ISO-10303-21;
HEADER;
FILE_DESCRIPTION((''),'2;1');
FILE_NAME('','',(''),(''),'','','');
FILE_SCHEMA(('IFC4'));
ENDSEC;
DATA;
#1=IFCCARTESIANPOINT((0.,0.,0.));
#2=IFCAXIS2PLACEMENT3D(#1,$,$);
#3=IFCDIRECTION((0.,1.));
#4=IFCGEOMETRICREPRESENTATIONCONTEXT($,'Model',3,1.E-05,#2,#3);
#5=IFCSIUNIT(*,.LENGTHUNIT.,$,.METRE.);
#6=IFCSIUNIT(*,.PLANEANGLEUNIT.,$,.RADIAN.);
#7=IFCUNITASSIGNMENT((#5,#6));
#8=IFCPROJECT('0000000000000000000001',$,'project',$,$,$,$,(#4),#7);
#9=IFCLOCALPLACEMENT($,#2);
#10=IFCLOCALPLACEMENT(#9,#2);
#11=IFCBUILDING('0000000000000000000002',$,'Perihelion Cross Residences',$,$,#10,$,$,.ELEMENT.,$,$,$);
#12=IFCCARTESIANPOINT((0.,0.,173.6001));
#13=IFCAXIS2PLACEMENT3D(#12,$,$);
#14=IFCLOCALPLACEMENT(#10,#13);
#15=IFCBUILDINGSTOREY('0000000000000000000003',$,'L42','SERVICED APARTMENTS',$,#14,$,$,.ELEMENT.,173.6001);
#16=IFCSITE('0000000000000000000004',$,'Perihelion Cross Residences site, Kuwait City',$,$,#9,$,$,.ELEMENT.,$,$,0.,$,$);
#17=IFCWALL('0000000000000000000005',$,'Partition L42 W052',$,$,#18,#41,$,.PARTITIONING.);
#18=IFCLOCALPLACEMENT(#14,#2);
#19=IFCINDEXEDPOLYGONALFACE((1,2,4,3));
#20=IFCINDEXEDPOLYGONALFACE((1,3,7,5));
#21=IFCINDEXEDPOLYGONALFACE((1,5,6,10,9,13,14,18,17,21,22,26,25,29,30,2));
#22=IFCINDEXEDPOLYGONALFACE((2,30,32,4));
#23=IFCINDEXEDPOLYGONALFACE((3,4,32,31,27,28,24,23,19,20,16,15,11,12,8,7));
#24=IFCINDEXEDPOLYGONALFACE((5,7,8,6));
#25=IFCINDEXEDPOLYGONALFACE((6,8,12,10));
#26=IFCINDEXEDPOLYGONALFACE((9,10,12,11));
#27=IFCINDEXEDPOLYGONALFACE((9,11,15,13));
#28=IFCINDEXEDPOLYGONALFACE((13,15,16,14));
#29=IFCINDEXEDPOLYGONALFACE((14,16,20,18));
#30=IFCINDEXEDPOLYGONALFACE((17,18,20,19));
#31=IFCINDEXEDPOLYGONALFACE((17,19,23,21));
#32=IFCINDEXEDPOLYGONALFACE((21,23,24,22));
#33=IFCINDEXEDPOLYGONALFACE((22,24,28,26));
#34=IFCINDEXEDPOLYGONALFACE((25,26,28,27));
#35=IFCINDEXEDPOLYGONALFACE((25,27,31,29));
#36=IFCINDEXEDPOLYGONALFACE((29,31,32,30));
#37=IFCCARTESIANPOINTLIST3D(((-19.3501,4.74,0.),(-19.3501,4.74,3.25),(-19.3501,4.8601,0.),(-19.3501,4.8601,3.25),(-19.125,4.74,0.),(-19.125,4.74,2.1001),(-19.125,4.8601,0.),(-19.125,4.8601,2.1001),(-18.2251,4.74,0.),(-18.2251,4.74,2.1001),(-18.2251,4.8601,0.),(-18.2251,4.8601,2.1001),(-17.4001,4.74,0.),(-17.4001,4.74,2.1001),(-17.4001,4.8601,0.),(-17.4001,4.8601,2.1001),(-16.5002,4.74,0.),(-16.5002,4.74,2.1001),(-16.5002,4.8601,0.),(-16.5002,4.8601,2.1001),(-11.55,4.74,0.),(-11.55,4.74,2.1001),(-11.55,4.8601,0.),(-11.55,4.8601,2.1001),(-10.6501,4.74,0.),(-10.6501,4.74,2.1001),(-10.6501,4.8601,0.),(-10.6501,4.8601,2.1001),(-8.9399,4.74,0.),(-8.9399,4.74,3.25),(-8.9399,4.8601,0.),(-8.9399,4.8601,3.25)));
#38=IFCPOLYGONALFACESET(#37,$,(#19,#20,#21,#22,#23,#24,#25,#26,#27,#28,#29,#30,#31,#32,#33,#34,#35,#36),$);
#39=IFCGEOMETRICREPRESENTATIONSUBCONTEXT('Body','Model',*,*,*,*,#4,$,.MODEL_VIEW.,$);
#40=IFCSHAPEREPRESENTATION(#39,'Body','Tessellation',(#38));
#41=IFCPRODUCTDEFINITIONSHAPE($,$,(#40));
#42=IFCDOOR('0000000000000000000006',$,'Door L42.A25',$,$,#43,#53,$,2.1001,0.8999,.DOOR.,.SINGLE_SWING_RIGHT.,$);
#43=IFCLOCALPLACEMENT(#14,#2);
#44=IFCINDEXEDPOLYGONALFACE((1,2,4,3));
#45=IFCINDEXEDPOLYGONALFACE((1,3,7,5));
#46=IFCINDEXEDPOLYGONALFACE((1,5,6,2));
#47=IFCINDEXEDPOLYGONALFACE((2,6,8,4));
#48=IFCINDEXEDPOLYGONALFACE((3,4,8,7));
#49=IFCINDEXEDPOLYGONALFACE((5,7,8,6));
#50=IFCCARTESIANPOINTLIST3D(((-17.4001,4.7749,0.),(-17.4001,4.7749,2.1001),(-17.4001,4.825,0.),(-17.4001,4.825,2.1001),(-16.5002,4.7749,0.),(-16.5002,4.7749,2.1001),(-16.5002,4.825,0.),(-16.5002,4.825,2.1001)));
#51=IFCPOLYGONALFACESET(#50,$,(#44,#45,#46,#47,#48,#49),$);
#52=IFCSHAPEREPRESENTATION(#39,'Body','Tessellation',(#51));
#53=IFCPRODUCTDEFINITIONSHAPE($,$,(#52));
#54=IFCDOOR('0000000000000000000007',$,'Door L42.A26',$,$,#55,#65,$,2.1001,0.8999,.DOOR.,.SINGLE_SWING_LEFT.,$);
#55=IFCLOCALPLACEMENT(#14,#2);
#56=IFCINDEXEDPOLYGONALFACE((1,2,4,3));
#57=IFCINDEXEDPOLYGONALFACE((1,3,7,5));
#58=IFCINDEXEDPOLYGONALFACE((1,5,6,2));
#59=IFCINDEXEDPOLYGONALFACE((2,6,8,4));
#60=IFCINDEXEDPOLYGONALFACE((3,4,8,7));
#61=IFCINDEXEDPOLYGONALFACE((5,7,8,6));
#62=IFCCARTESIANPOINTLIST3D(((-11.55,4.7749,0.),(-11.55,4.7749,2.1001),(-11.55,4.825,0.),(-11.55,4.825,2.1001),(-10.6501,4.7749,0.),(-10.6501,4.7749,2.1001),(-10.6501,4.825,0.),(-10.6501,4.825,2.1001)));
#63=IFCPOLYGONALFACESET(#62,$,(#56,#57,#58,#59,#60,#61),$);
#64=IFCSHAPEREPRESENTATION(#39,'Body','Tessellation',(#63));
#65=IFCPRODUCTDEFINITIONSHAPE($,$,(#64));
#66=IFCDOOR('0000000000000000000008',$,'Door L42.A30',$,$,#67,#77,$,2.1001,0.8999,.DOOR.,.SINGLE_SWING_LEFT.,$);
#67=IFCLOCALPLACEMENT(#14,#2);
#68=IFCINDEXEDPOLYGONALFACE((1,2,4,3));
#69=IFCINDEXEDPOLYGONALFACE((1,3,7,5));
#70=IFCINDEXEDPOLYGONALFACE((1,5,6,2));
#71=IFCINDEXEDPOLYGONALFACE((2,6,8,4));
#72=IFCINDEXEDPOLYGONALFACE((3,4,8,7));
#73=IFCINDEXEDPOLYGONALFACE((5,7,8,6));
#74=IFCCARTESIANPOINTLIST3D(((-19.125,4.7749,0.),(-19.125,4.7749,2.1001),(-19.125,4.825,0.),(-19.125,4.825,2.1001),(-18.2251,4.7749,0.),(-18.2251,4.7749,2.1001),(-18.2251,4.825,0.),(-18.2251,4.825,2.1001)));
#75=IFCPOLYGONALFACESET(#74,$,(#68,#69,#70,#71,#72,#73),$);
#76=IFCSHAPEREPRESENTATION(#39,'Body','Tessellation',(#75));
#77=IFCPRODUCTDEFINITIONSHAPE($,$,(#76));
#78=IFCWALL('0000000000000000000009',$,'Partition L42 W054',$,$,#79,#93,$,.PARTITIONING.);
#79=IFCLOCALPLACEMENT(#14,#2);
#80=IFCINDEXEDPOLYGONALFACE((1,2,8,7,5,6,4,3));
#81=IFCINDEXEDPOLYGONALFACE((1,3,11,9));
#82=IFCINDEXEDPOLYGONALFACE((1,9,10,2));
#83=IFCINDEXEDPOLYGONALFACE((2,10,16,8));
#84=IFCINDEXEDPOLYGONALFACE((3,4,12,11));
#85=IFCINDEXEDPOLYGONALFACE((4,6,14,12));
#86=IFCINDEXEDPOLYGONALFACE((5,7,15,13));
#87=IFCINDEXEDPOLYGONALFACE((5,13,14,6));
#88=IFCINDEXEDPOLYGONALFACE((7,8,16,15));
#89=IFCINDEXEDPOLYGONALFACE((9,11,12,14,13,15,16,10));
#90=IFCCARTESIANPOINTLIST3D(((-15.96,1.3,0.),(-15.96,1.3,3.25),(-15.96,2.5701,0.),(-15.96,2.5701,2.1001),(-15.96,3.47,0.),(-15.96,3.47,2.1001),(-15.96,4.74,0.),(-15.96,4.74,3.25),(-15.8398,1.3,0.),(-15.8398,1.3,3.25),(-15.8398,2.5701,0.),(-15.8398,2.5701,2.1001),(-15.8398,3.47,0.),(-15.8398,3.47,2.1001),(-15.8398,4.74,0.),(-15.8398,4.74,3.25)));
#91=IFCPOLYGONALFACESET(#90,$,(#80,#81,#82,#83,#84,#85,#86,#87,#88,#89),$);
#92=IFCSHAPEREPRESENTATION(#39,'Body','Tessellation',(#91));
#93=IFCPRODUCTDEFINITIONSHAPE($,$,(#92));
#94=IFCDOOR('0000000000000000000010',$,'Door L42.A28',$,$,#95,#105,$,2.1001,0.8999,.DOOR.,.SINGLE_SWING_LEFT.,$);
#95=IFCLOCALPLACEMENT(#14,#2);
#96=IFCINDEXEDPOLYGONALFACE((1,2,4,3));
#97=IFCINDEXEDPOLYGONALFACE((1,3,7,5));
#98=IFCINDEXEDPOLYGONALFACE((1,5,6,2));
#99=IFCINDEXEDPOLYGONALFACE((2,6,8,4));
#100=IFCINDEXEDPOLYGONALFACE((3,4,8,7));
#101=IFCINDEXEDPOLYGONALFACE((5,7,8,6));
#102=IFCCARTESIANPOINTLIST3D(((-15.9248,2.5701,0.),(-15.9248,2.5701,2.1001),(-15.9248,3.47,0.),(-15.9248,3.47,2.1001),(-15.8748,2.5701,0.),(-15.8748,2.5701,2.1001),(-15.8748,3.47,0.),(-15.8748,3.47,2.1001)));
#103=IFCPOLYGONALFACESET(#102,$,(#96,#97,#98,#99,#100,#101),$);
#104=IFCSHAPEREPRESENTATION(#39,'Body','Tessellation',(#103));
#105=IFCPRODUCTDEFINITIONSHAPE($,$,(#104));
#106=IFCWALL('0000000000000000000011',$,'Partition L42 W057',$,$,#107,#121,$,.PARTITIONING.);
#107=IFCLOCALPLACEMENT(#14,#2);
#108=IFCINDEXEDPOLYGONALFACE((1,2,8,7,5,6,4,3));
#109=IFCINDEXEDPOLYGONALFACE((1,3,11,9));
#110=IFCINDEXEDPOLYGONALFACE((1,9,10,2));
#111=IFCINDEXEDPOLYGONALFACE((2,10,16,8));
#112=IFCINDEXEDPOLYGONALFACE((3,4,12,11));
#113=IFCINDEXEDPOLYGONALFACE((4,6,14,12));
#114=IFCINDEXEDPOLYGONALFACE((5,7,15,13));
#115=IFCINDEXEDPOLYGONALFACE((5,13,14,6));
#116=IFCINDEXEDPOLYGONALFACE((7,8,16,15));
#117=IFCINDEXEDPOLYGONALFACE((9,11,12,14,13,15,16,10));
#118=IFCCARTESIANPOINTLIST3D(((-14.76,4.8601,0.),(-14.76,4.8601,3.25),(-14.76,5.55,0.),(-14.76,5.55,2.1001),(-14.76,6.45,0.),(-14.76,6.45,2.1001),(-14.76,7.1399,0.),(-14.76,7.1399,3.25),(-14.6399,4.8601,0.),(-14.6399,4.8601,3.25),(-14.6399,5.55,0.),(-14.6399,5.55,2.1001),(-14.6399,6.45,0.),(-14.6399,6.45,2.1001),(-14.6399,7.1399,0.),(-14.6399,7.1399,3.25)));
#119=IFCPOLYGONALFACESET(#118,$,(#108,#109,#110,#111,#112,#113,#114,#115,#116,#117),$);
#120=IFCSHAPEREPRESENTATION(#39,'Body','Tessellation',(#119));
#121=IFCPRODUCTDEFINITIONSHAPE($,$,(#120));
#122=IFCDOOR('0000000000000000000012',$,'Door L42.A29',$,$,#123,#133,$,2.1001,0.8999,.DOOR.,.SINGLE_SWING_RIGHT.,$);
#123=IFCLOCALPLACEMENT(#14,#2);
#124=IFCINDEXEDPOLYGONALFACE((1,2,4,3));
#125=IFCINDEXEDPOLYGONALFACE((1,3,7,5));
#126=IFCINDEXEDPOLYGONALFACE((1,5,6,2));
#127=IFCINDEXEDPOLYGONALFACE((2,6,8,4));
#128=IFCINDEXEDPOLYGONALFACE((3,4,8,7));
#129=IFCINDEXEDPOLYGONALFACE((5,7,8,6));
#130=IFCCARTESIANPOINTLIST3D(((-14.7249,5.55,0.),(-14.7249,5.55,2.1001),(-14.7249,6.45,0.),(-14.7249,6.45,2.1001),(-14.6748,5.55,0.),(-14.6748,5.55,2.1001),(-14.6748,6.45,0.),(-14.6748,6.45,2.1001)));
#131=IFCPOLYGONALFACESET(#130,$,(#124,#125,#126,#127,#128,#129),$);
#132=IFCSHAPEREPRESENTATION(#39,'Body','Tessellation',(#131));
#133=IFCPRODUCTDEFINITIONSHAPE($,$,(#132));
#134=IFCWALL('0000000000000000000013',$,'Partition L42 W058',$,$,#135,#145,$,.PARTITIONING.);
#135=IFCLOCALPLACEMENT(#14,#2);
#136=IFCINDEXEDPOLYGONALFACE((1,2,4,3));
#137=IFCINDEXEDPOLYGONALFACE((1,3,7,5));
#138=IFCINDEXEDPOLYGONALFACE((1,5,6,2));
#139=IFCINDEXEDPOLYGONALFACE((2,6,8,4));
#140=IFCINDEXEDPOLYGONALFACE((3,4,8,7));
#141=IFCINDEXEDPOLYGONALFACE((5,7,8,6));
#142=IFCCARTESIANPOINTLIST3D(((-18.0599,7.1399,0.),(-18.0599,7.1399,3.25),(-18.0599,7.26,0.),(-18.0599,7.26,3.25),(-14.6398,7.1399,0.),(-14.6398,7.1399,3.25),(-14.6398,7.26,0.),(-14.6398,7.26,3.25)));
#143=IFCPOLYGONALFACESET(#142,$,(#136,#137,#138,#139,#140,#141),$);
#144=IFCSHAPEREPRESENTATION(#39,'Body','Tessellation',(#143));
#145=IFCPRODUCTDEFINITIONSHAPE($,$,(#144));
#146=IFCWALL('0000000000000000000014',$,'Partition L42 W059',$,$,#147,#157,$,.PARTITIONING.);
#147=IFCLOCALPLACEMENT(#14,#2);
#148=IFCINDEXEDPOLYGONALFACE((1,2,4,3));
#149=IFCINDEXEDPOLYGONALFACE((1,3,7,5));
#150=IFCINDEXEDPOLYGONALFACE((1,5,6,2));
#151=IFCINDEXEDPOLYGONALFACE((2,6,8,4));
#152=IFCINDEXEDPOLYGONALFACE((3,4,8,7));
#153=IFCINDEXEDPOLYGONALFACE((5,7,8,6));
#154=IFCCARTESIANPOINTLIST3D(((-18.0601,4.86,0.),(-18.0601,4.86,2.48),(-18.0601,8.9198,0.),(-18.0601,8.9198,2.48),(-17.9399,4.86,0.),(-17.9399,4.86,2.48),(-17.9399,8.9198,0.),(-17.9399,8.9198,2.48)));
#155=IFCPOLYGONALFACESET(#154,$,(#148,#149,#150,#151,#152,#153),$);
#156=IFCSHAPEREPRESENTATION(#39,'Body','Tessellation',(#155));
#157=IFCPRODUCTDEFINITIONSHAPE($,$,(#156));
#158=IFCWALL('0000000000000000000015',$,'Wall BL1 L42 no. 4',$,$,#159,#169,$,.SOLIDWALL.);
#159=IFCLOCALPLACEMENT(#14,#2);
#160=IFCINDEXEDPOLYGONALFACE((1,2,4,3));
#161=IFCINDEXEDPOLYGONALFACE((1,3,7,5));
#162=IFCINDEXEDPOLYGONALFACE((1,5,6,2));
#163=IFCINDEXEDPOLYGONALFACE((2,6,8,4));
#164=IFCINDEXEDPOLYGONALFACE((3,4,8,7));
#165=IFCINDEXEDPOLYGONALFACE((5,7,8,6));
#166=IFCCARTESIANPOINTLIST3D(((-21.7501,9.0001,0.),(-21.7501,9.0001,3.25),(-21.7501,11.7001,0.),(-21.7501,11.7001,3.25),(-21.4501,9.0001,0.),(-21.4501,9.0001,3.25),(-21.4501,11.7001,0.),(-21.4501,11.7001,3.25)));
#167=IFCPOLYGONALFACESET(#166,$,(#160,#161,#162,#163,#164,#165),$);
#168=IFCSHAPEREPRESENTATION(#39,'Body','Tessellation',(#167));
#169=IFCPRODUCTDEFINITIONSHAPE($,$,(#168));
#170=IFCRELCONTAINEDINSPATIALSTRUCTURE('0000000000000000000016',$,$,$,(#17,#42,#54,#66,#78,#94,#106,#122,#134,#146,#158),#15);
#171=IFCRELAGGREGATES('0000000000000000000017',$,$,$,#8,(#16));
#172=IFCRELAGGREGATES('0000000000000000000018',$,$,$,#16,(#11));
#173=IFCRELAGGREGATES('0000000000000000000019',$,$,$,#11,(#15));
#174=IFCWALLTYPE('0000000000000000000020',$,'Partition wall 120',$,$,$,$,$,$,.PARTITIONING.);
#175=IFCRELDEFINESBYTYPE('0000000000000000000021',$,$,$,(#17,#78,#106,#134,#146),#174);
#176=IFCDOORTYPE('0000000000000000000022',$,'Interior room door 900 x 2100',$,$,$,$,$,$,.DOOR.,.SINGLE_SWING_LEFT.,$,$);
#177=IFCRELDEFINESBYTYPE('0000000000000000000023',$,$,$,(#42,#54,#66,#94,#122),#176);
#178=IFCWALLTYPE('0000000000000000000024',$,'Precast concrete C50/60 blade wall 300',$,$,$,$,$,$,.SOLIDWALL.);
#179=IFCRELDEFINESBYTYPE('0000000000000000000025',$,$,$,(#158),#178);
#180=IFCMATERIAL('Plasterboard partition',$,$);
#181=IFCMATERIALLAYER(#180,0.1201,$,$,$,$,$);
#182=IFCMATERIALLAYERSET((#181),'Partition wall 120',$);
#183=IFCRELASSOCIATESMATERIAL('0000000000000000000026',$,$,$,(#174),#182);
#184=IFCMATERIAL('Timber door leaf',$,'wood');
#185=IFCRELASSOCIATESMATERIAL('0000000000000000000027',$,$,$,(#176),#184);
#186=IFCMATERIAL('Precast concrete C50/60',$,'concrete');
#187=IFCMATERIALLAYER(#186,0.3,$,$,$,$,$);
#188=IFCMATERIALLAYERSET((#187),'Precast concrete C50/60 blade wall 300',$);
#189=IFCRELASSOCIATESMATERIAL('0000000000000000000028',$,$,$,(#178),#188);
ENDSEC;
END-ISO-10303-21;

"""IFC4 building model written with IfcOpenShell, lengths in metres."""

from ifc_helpers import new_model, si_unit, direction, frame, frame_2d, origin, place, context, subcontext, project, spatial, rectangle, extrude, material, layer, layer_set, type_object, element, fill, save


model = new_model("IFC4")

# Units and contexts
model_context = context("Model", 3, precision=1e-05, world=origin(), true_north=direction((0.0, 1.0)))
body_context = subcontext(model_context, "Body", "Model", "MODEL_VIEW")
ifc_project = project(units=[si_unit("LENGTHUNIT", "METRE"), si_unit("PLANEANGLEUNIT", "RADIAN")], contexts=[model_context])

# Site, building, storey
site_placement = place(None, origin())
site = spatial("IfcSite", under=ifc_project, at=site_placement, Name="Perihelion Cross Residences site, Kuwait City", CompositionType="ELEMENT", RefElevation=0.0)
building_placement = place(site_placement, origin())
building = spatial("IfcBuilding", under=site, at=building_placement, Name="Perihelion Cross Residences", CompositionType="ELEMENT")
storey_placement = place(building_placement, frame((0.0, 0.0, 173.6001)))
storey = spatial("IfcBuildingStorey", under=building, at=storey_placement, Name="L42", Description="SERVICED APARTMENTS", CompositionType="ELEMENT", Elevation=173.6001)

# Shared definitions
ifc_material_1 = material(Name="Plasterboard partition")
ifc_layer_1 = layer(ifc_material_1, 0.1201)
ifc_layer_set_1 = layer_set([ifc_layer_1], Name="Partition wall 120")
wall_type_1 = type_object("IfcWallType", Name="Partition wall 120", PredefinedType="PARTITIONING", material=ifc_layer_set_1)

# Wall, openings, doors
wall_1_placement = place(storey_placement, frame((-19.3501, 4.8, 0.0), z_axis=(0.0, 0.0, 1.0), x_axis=(1.0, 0.0, 0.0)))
wall_1 = element("IfcWall", 1, at=wall_1_placement, inside=storey, type_object=wall_type_1, Name="Partition L42 W052", PredefinedType="PARTITIONING", context=body_context, shape_type="SweptSolid", body=[
    extrude(rectangle(XDim=10.4102, YDim=0.1201, at=frame_2d((5.2051, 0.0))), origin(), (0.0, 0.0, 1.0), 3.25),
])
opening_1_placement = place(wall_1_placement, frame((1.95, 0.0, 0.0)))
opening_1 = element("IfcOpeningElement", 2, at=opening_1_placement, cuts=wall_1, PredefinedType="OPENING", context=body_context, shape_type="SweptSolid", body=[
    extrude(rectangle(XDim=0.8999, YDim=2.1001, at=frame_2d((0.45, 1.05))), frame((0.0, 0.0701, 0.0), z_axis=(0.0, -1.0, 0.0), x_axis=(1.0, 0.0, 0.0)), (0.0, 0.0, 1.0), 0.1401),
])
opening_2_placement = place(wall_1_placement, frame((7.8, 0.0, 0.0)))
opening_2 = element("IfcOpeningElement", 3, at=opening_2_placement, cuts=wall_1, PredefinedType="OPENING", context=body_context, shape_type="SweptSolid", body=[
    extrude(rectangle(XDim=0.8999, YDim=2.1001, at=frame_2d((0.45, 1.05))), frame((0.0, 0.0701, 0.0), z_axis=(0.0, -1.0, 0.0), x_axis=(1.0, 0.0, 0.0)), (0.0, 0.0, 1.0), 0.1401),
])
opening_3_placement = place(wall_1_placement, frame((0.2251, 0.0, 0.0)))
opening_3 = element("IfcOpeningElement", 4, at=opening_3_placement, cuts=wall_1, PredefinedType="OPENING", context=body_context, shape_type="SweptSolid", body=[
    extrude(rectangle(XDim=0.8999, YDim=2.1001, at=frame_2d((0.45, 1.05))), frame((0.0, 0.0701, 0.0), z_axis=(0.0, -1.0, 0.0), x_axis=(1.0, 0.0, 0.0)), (0.0, 0.0, 1.0), 0.1401),
])
ifc_material_2 = material(Name="Timber door leaf", Category="wood")
door_type_1 = type_object("IfcDoorType", Name="Interior room door 900 x 2100", OperationType="SINGLE_SWING_LEFT", PredefinedType="DOOR", material=ifc_material_2)
door_1_placement = place(opening_1_placement, origin())
door_1 = element("IfcDoor", 5, at=door_1_placement, inside=storey, type_object=door_type_1, Name="Door L42.A25", OperationType="SINGLE_SWING_RIGHT", OverallHeight=2.1001, OverallWidth=0.8999, PredefinedType="DOOR", context=body_context, shape_type="SweptSolid", body=[
    extrude(rectangle(XDim=0.8999, YDim=2.1001, at=frame_2d((0.45, 1.05))), frame((0.0, 0.0249, 0.0), z_axis=(0.0, -1.0, 0.0), x_axis=(1.0, 0.0, 0.0)), (0.0, 0.0, 1.0), 0.05),
])
fill(opening_1, door_1)
door_2_placement = place(opening_2_placement, origin())
door_2 = element("IfcDoor", 6, at=door_2_placement, inside=storey, type_object=door_type_1, Name="Door L42.A26", OperationType="SINGLE_SWING_LEFT", OverallHeight=2.1001, OverallWidth=0.8999, PredefinedType="DOOR", context=body_context, shape_type="SweptSolid", body=[
    extrude(rectangle(XDim=0.8999, YDim=2.1001, at=frame_2d((0.45, 1.05))), frame((0.0, 0.0249, 0.0), z_axis=(0.0, -1.0, 0.0), x_axis=(1.0, 0.0, 0.0)), (0.0, 0.0, 1.0), 0.05),
])
fill(opening_2, door_2)
door_3_placement = place(opening_3_placement, origin())
door_3 = element("IfcDoor", 7, at=door_3_placement, inside=storey, type_object=door_type_1, Name="Door L42.A30", OperationType="SINGLE_SWING_LEFT", OverallHeight=2.1001, OverallWidth=0.8999, PredefinedType="DOOR", context=body_context, shape_type="SweptSolid", body=[
    extrude(rectangle(XDim=0.8999, YDim=2.1001, at=frame_2d((0.45, 1.05))), frame((0.0, 0.0249, 0.0), z_axis=(0.0, -1.0, 0.0), x_axis=(1.0, 0.0, 0.0)), (0.0, 0.0, 1.0), 0.05),
])
fill(opening_3, door_3)

# Walls, openings, doors
wall_2_placement = place(storey_placement, frame((-15.8999, 1.3, 0.0), z_axis=(0.0, 0.0, 1.0), x_axis=(0.0, 1.0, 0.0)))
wall_2 = element("IfcWall", 8, at=wall_2_placement, inside=storey, type_object=wall_type_1, Name="Partition L42 W054", PredefinedType="PARTITIONING", context=body_context, shape_type="SweptSolid", body=[
    extrude(rectangle(XDim=3.4399, YDim=0.1201, at=frame_2d((1.72, 0.0))), origin(), (0.0, 0.0, 1.0), 3.25),
])
opening_4_placement = place(wall_2_placement, frame((1.27, 0.0, 0.0)))
opening_4 = element("IfcOpeningElement", 9, at=opening_4_placement, cuts=wall_2, PredefinedType="OPENING", context=body_context, shape_type="SweptSolid", body=[
    extrude(rectangle(XDim=0.8999, YDim=2.1001, at=frame_2d((0.45, 1.05))), frame((0.0, 0.0701, 0.0), z_axis=(0.0, -1.0, 0.0), x_axis=(1.0, 0.0, 0.0)), (0.0, 0.0, 1.0), 0.1401),
])
door_4_placement = place(opening_4_placement, origin())
door_4 = element("IfcDoor", 10, at=door_4_placement, inside=storey, type_object=door_type_1, Name="Door L42.A28", OperationType="SINGLE_SWING_LEFT", OverallHeight=2.1001, OverallWidth=0.8999, PredefinedType="DOOR", context=body_context, shape_type="SweptSolid", body=[
    extrude(rectangle(XDim=0.8999, YDim=2.1001, at=frame_2d((0.45, 1.05))), frame((0.0, 0.0249, 0.0), z_axis=(0.0, -1.0, 0.0), x_axis=(1.0, 0.0, 0.0)), (0.0, 0.0, 1.0), 0.05),
])
fill(opening_4, door_4)
wall_3_placement = place(storey_placement, frame((-14.7, 4.8601, 0.0), z_axis=(0.0, 0.0, 1.0), x_axis=(0.0, 1.0, 0.0)))
wall_3 = element("IfcWall", 11, at=wall_3_placement, inside=storey, type_object=wall_type_1, Name="Partition L42 W057", PredefinedType="PARTITIONING", context=body_context, shape_type="SweptSolid", body=[
    extrude(rectangle(XDim=2.2798, YDim=0.1201, at=frame_2d((1.1399, 0.0))), origin(), (0.0, 0.0, 1.0), 3.25),
])
opening_5_placement = place(wall_3_placement, frame((0.6899, 0.0, 0.0)))
opening_5 = element("IfcOpeningElement", 12, at=opening_5_placement, cuts=wall_3, PredefinedType="OPENING", context=body_context, shape_type="SweptSolid", body=[
    extrude(rectangle(XDim=0.8999, YDim=2.1001, at=frame_2d((0.45, 1.05))), frame((0.0, 0.0701, 0.0), z_axis=(0.0, -1.0, 0.0), x_axis=(1.0, 0.0, 0.0)), (0.0, 0.0, 1.0), 0.1401),
])
door_5_placement = place(opening_5_placement, origin())
door_5 = element("IfcDoor", 13, at=door_5_placement, inside=storey, type_object=door_type_1, Name="Door L42.A29", OperationType="SINGLE_SWING_RIGHT", OverallHeight=2.1001, OverallWidth=0.8999, PredefinedType="DOOR", context=body_context, shape_type="SweptSolid", body=[
    extrude(rectangle(XDim=0.8999, YDim=2.1001, at=frame_2d((0.45, 1.05))), frame((0.0, 0.0249, 0.0), z_axis=(0.0, -1.0, 0.0), x_axis=(1.0, 0.0, 0.0)), (0.0, 0.0, 1.0), 0.05),
])
fill(opening_5, door_5)

# Walls
wall_4_placement = place(storey_placement, frame((-14.6399, 7.2, 0.0), z_axis=(0.0, 0.0, 1.0), x_axis=(-1.0, 0.0, 0.0)))
element("IfcWall", 14, at=wall_4_placement, inside=storey, type_object=wall_type_1, Name="Partition L42 W058", PredefinedType="PARTITIONING", context=body_context, shape_type="SweptSolid", body=[
    extrude(rectangle(XDim=3.4202, YDim=0.1201, at=frame_2d((1.71, 0.0))), origin(), (0.0, 0.0, 1.0), 3.25),
])
wall_5_placement = place(storey_placement, frame((-18.0, 4.8601, 0.0), z_axis=(0.0, 0.0, 1.0), x_axis=(0.0, 1.0, 0.0)))
element("IfcWall", 15, at=wall_5_placement, inside=storey, type_object=wall_type_1, Name="Partition L42 W059", PredefinedType="PARTITIONING", context=body_context, shape_type="SweptSolid", body=[
    extrude(rectangle(XDim=4.0598, YDim=0.1201, at=frame_2d((2.0298, 0.0))), origin(), (0.0, 0.0, 1.0), 2.48),
])
ifc_material_3 = material(Name="Precast concrete C50/60", Category="concrete")
ifc_layer_2 = layer(ifc_material_3, 0.3)
ifc_layer_set_2 = layer_set([ifc_layer_2], Name="Precast concrete C50/60 blade wall 300")
wall_type_2 = type_object("IfcWallType", Name="Precast concrete C50/60 blade wall 300", PredefinedType="SOLIDWALL", material=ifc_layer_set_2)
for number, where, z_axis, x_axis, name in (
    (16, (-21.6001, 9.0, 0.0), (0.0, 0.0, 1.0), (0.0, 1.0, 0.0), "Wall BL1 L42 no. 4"),
):
    element("IfcWall", number, at=place(storey_placement, frame(where, z_axis=z_axis, x_axis=x_axis)), inside=storey, type_object=wall_type_2, Name=name, PredefinedType="SOLIDWALL", context=body_context, shape_type="SweptSolid", body=[
        extrude(rectangle(XDim=2.7, YDim=0.3, at=frame_2d((1.3501, 0.0))), origin(), (0.0, 0.0, 1.0), 3.25),
    ])

save(model, "model.ifc")
